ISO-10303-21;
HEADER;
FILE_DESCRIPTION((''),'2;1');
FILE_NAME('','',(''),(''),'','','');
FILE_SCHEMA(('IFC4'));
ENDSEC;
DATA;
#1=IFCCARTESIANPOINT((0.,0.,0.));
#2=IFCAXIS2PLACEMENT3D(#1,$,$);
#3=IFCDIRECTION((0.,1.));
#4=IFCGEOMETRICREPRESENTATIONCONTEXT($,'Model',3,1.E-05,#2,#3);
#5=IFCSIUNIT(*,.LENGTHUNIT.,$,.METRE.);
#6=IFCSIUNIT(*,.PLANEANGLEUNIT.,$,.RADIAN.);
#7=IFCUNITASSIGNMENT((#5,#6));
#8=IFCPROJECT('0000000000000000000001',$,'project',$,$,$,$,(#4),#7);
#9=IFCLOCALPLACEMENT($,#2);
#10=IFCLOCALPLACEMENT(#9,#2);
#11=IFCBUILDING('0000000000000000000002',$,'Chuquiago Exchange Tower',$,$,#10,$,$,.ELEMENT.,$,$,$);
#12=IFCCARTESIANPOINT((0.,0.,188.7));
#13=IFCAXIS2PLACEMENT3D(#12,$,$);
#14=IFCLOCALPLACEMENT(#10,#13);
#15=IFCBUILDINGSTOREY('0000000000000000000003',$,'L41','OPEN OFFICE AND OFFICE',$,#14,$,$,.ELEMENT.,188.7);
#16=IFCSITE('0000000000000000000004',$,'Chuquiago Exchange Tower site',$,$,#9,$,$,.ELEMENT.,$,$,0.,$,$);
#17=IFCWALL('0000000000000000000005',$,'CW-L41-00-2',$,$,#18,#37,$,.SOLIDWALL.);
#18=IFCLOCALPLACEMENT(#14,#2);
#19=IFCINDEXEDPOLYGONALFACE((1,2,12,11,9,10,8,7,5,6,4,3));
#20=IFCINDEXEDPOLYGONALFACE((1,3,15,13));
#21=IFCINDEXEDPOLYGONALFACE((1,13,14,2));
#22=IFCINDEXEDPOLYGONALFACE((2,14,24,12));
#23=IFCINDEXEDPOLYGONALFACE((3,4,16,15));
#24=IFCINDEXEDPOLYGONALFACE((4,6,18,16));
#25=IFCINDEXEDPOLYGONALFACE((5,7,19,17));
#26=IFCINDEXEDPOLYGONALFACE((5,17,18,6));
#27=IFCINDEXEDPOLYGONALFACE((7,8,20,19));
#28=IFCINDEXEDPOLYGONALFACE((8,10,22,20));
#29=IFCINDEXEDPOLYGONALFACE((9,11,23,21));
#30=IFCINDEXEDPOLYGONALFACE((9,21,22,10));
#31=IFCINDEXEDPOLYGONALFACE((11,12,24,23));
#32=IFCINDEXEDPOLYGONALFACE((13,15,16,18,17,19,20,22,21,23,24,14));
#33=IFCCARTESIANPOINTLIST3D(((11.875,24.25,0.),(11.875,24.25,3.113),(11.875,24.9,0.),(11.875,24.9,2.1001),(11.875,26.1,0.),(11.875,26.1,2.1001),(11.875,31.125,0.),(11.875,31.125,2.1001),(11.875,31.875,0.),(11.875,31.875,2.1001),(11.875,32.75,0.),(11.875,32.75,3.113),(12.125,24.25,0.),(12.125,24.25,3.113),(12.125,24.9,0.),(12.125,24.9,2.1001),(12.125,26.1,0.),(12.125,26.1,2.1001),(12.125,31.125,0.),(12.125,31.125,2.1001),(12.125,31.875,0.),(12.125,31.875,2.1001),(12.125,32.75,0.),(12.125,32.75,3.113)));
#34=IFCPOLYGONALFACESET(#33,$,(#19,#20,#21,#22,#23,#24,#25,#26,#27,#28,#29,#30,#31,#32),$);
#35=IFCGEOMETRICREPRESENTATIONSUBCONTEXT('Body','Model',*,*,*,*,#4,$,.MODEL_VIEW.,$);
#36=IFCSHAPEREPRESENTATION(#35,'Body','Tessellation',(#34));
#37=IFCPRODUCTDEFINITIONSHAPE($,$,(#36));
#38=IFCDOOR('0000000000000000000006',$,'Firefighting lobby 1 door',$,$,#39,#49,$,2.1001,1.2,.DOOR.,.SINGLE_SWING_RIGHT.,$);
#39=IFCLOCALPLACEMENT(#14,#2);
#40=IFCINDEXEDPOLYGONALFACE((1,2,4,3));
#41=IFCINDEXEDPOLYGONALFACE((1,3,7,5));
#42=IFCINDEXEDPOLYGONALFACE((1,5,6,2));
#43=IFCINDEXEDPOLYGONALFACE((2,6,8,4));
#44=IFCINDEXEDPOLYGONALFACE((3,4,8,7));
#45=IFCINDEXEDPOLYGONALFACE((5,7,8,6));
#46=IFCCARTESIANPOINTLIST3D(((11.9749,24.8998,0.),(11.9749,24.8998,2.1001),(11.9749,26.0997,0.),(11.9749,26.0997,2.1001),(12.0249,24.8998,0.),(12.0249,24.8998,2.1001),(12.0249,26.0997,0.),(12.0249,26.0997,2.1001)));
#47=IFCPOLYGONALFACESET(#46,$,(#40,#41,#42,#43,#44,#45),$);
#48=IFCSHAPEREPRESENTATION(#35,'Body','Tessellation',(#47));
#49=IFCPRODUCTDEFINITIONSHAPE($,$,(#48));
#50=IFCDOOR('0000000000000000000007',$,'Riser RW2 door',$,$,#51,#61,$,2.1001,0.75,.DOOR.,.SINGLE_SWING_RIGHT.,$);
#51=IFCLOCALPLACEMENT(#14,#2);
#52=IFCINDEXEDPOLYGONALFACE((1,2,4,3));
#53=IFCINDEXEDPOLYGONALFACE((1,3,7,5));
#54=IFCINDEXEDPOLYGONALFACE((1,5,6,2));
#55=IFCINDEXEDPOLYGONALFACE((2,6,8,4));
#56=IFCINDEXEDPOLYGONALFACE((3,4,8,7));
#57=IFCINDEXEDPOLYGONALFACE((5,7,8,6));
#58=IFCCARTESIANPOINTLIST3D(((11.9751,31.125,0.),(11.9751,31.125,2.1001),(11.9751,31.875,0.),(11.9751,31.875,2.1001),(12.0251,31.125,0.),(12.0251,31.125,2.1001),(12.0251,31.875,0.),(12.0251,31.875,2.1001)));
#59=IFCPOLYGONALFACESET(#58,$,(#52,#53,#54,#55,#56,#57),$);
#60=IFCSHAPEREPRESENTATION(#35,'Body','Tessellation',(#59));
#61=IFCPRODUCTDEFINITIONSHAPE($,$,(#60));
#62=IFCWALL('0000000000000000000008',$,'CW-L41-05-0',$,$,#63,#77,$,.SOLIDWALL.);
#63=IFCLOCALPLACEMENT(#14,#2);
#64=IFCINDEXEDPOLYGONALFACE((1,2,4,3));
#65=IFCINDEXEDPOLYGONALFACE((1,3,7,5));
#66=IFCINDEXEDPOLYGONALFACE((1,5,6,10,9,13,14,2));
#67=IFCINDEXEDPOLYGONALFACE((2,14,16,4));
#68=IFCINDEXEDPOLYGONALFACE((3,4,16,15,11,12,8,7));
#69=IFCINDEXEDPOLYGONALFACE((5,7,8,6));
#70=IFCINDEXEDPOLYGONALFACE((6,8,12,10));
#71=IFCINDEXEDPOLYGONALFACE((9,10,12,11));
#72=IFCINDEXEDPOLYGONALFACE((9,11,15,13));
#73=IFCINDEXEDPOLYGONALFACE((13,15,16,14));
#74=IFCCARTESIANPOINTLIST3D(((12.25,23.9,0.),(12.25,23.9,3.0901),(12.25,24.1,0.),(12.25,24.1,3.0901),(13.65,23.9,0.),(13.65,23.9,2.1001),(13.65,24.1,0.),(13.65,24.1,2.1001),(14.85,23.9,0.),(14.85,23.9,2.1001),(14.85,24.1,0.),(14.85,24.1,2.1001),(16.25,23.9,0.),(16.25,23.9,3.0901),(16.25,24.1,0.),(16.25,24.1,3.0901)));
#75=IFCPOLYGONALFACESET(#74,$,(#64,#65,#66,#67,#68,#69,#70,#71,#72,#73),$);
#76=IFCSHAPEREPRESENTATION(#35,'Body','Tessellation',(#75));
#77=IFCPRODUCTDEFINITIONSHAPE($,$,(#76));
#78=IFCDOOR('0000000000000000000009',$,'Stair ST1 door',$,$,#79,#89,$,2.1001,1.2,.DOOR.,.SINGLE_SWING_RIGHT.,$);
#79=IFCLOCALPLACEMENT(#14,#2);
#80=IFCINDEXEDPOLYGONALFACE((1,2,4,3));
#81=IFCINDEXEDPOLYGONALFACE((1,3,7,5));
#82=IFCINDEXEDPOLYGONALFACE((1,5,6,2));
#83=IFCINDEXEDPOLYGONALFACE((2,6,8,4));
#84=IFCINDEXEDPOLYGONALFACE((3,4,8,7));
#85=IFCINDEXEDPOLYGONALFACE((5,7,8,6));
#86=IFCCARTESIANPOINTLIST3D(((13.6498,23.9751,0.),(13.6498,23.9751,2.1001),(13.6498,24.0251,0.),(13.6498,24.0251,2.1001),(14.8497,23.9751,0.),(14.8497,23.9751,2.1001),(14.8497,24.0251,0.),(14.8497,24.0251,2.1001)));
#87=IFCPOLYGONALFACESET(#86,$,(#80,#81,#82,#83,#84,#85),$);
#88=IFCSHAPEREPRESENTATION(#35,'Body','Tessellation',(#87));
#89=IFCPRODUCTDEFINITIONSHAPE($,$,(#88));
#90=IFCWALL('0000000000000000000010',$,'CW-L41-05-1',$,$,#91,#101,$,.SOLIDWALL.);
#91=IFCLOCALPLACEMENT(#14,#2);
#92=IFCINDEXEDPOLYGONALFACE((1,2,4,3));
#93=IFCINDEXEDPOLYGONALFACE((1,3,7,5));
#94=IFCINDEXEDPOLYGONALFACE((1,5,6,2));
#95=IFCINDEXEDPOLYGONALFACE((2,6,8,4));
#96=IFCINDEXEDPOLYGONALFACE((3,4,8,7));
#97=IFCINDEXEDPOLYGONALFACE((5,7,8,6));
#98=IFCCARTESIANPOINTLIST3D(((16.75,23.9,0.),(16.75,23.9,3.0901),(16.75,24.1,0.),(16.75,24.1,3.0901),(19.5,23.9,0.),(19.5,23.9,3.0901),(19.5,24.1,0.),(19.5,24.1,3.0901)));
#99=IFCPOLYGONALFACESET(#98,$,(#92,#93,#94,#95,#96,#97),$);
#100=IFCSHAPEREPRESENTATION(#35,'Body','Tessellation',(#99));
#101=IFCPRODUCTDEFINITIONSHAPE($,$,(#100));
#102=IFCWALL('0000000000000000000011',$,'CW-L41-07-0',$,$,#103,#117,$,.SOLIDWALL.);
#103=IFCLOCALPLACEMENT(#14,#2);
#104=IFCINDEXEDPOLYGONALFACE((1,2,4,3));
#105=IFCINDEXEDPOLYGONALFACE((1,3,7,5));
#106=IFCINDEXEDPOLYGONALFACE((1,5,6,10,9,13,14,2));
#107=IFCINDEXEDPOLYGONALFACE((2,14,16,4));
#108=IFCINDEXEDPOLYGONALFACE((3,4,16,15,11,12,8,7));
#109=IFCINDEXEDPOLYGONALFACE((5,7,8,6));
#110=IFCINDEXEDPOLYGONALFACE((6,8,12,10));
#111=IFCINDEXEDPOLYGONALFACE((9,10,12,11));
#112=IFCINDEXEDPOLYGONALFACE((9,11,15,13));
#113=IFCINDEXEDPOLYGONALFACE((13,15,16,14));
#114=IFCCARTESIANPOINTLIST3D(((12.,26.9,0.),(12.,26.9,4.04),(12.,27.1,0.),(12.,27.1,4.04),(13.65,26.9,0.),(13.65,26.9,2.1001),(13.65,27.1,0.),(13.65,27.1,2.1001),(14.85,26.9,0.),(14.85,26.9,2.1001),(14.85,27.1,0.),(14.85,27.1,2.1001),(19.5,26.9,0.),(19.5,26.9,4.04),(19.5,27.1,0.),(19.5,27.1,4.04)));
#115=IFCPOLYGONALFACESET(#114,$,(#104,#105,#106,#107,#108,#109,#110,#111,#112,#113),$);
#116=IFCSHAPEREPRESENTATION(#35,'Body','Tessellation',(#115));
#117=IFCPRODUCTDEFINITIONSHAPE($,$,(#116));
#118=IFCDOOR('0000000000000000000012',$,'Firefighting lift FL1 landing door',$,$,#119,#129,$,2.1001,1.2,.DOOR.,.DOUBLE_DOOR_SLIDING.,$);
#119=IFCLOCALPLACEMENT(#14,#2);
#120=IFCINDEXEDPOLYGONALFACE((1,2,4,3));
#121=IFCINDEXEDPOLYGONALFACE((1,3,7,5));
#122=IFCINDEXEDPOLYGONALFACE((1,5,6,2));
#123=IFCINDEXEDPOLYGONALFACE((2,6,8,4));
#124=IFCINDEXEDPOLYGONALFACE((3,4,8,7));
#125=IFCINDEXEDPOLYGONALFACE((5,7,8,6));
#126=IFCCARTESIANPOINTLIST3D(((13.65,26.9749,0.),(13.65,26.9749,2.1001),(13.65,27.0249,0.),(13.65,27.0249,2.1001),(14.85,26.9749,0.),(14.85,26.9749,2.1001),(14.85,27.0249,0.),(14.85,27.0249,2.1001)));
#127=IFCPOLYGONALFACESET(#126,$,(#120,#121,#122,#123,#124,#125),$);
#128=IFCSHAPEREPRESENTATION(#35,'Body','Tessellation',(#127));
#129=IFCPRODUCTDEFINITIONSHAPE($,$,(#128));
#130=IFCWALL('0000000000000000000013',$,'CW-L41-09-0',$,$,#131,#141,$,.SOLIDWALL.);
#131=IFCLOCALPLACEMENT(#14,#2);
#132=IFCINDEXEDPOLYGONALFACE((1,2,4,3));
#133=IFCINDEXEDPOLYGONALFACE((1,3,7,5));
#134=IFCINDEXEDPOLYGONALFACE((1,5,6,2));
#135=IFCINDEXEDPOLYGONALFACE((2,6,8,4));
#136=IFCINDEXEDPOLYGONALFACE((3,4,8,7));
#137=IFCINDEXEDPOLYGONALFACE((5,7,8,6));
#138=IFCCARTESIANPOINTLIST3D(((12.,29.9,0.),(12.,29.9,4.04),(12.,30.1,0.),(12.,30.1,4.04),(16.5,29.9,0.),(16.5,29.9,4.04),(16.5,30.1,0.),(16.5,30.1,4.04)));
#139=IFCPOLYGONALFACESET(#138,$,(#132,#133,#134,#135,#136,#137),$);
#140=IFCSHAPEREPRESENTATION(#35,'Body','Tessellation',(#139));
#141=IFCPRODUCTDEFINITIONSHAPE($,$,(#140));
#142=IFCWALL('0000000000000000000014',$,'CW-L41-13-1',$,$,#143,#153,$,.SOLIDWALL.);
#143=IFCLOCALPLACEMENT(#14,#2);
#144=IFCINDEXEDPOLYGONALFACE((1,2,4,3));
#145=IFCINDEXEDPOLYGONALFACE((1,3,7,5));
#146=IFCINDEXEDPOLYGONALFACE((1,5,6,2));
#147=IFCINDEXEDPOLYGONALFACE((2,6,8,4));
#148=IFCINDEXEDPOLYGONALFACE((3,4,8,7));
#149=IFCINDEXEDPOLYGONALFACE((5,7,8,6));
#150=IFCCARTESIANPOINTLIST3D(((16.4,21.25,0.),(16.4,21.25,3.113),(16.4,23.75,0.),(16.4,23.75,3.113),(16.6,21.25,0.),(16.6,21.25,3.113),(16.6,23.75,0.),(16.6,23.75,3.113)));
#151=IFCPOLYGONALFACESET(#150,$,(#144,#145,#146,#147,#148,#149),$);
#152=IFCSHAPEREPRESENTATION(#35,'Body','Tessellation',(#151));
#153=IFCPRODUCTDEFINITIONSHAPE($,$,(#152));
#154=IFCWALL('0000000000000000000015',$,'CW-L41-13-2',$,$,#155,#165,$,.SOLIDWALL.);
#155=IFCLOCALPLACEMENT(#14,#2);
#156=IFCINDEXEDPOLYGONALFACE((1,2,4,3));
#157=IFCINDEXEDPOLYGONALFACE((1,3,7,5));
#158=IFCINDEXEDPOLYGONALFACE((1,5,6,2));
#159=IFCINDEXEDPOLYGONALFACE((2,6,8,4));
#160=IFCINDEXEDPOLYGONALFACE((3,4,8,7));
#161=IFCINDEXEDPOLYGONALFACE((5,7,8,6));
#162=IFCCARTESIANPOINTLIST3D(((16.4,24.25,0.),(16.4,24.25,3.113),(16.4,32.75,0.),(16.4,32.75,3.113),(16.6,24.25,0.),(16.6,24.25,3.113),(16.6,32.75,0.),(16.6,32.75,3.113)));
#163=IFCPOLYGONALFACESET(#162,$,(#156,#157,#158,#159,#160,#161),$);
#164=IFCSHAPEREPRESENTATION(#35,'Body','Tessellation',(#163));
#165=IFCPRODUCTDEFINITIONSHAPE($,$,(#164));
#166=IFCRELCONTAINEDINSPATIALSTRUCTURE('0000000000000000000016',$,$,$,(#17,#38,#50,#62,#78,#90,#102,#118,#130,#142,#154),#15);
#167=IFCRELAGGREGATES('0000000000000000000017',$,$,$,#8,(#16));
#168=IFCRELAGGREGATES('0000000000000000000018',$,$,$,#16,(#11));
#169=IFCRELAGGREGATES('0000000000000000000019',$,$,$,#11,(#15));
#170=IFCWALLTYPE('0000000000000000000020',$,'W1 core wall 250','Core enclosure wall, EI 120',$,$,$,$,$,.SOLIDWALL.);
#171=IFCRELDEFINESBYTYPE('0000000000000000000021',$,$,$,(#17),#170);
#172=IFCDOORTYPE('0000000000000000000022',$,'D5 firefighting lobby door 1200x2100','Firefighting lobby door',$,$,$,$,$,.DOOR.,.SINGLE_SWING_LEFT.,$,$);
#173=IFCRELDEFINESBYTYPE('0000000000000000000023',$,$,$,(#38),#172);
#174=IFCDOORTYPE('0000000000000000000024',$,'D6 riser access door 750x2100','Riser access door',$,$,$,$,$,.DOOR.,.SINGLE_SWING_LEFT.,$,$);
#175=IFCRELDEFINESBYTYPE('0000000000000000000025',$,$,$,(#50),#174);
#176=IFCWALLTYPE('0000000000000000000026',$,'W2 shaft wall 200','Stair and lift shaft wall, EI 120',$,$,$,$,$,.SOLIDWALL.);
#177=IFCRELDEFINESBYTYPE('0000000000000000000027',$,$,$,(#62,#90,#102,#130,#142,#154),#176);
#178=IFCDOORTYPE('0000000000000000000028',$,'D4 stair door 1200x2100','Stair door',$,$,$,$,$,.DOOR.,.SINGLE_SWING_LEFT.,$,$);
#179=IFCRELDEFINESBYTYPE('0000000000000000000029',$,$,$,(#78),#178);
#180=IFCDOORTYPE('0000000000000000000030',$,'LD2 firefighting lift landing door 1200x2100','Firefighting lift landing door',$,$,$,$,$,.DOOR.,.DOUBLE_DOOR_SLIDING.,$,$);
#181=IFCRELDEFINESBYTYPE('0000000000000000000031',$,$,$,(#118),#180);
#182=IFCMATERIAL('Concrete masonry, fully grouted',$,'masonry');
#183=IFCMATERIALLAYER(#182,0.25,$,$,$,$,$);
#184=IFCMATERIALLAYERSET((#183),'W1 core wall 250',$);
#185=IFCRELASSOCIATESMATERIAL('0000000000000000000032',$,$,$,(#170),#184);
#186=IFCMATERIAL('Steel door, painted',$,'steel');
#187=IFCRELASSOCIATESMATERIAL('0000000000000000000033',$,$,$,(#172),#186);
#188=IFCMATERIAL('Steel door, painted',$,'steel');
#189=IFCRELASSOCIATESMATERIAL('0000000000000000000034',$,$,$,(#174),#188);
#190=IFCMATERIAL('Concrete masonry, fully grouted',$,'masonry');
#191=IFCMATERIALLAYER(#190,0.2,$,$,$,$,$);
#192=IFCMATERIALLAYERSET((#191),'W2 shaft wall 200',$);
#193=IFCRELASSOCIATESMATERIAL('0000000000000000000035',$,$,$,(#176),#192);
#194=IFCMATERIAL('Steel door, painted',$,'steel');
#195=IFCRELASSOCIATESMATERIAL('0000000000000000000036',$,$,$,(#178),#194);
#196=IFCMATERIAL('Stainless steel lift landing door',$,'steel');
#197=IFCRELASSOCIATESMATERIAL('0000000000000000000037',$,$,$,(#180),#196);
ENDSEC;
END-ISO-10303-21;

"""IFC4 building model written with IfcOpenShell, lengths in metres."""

from ifc_helpers import new_model, si_unit, direction, frame, frame_2d, origin, place, context, subcontext, project, spatial, rectangle, extrude, material, layer, layer_set, type_object, element, fill, save


model = new_model("IFC4")

# Units and contexts
model_context = context("Model", 3, precision=1e-05, world=origin(), true_north=direction((0.0, 1.0)))
body_context = subcontext(model_context, "Body", "Model", "MODEL_VIEW")
ifc_project = project(units=[si_unit("LENGTHUNIT", "METRE"), si_unit("PLANEANGLEUNIT", "RADIAN")], contexts=[model_context])

# Site, building, storey
site_placement = place(None, origin())
site = spatial("IfcSite", under=ifc_project, at=site_placement, Name="Chuquiago Exchange Tower site", CompositionType="ELEMENT", RefElevation=0.0)
building_placement = place(site_placement, origin())
building = spatial("IfcBuilding", under=site, at=building_placement, Name="Chuquiago Exchange Tower", CompositionType="ELEMENT")
storey_placement = place(building_placement, frame((0.0, 0.0, 188.7)))
storey = spatial("IfcBuildingStorey", under=building, at=storey_placement, Name="L41", Description="OPEN OFFICE AND OFFICE", CompositionType="ELEMENT", Elevation=188.7)

# Shared definitions
ifc_material_1 = material(Name="Concrete masonry, fully grouted", Category="masonry")
ifc_layer_1 = layer(ifc_material_1, 0.25)
ifc_layer_set_1 = layer_set([ifc_layer_1], Name="W1 core wall 250")
wall_type_1 = type_object("IfcWallType", Name="W1 core wall 250", Description="Core enclosure wall, EI 120", PredefinedType="SOLIDWALL", material=ifc_layer_set_1)

# Wall, openings, doors
wall_1_placement = place(storey_placement, frame((12.0, 24.25, 0.0), z_axis=(0.0, 0.0, 1.0), x_axis=(0.0, 1.0, 0.0)))
wall_1 = element("IfcWall", 1, at=wall_1_placement, inside=storey, type_object=wall_type_1, Name="CW-L41-00-2", PredefinedType="SOLIDWALL", context=body_context, shape_type="SweptSolid", body=[
    extrude(rectangle(XDim=8.5, YDim=0.25, at=frame_2d((4.25, 0.0))), origin(), (0.0, 0.0, 1.0), 3.113),
])
opening_1_placement = place(wall_1_placement, frame((0.6499, 0.0, 0.0)))
opening_1 = element("IfcOpeningElement", 2, at=opening_1_placement, cuts=wall_1, PredefinedType="OPENING", context=body_context, shape_type="SweptSolid", body=[
    extrude(rectangle(XDim=1.2, YDim=2.1001, at=frame_2d((0.6001, 1.05))), frame((0.0, 0.135, 0.0), z_axis=(0.0, -1.0, 0.0), x_axis=(1.0, 0.0, 0.0)), (0.0, 0.0, 1.0), 0.27),
])
opening_2_placement = place(wall_1_placement, frame((6.875, 0.0, 0.0)))
opening_2 = element("IfcOpeningElement", 3, at=opening_2_placement, cuts=wall_1, PredefinedType="OPENING", context=body_context, shape_type="SweptSolid", body=[
    extrude(rectangle(XDim=0.75, YDim=2.1001, at=frame_2d((0.375, 1.05))), frame((0.0, 0.135, 0.0), z_axis=(0.0, -1.0, 0.0), x_axis=(1.0, 0.0, 0.0)), (0.0, 0.0, 1.0), 0.27),
])
ifc_material_2 = material(Name="Steel door, painted", Category="steel")
door_type_1 = type_object("IfcDoorType", Name="D5 firefighting lobby door 1200x2100", Description="Firefighting lobby door", OperationType="SINGLE_SWING_LEFT", PredefinedType="DOOR", material=ifc_material_2)
door_1_placement = place(opening_1_placement, frame((1.2, 0.0, 0.0), z_axis=(0.0, 0.0, 1.0), x_axis=(-1.0, 0.0, 0.0)))
door_1 = element("IfcDoor", 4, at=door_1_placement, inside=storey, type_object=door_type_1, Name="Firefighting lobby 1 door", OperationType="SINGLE_SWING_RIGHT", OverallHeight=2.1001, OverallWidth=1.2, PredefinedType="DOOR", context=body_context, shape_type="SweptSolid", body=[
    extrude(rectangle(XDim=1.2, YDim=2.1001, at=frame_2d((0.6001, 1.05))), frame((0.0, 0.0249, 0.0), z_axis=(0.0, -1.0, 0.0), x_axis=(1.0, 0.0, 0.0)), (0.0, 0.0, 1.0), 0.05),
])
fill(opening_1, door_1)
ifc_material_3 = material(Name="Steel door, painted", Category="steel")
door_type_2 = type_object("IfcDoorType", Name="D6 riser access door 750x2100", Description="Riser access door", OperationType="SINGLE_SWING_LEFT", PredefinedType="DOOR", material=ifc_material_3)
door_2_placement = place(opening_2_placement, origin())
door_2 = element("IfcDoor", 5, at=door_2_placement, inside=storey, type_object=door_type_2, Name="Riser RW2 door", OperationType="SINGLE_SWING_RIGHT", OverallHeight=2.1001, OverallWidth=0.75, PredefinedType="DOOR", context=body_context, shape_type="SweptSolid", body=[
    extrude(rectangle(XDim=0.75, YDim=2.1001, at=frame_2d((0.375, 1.05))), frame((0.0, 0.0249, 0.0), z_axis=(0.0, -1.0, 0.0), x_axis=(1.0, 0.0, 0.0)), (0.0, 0.0, 1.0), 0.05),
])
fill(opening_2, door_2)

# Wall, opening, door
ifc_material_4 = material(Name="Concrete masonry, fully grouted", Category="masonry")
ifc_layer_2 = layer(ifc_material_4, 0.2)
ifc_layer_set_2 = layer_set([ifc_layer_2], Name="W2 shaft wall 200")
wall_type_2 = type_object("IfcWallType", Name="W2 shaft wall 200", Description="Stair and lift shaft wall, EI 120", PredefinedType="SOLIDWALL", material=ifc_layer_set_2)
wall_2_placement = place(storey_placement, frame((12.25, 24.0, 0.0), z_axis=(0.0, 0.0, 1.0), x_axis=(1.0, 0.0, 0.0)))
wall_2 = element("IfcWall", 6, at=wall_2_placement, inside=storey, type_object=wall_type_2, Name="CW-L41-05-0", PredefinedType="SOLIDWALL", context=body_context, shape_type="SweptSolid", body=[
    extrude(rectangle(XDim=4.0, YDim=0.2, at=frame_2d((2.0, 0.0))), origin(), (0.0, 0.0, 1.0), 3.0901),
])
opening_3_placement = place(wall_2_placement, frame((1.3999, 0.0, 0.0)))
opening_3 = element("IfcOpeningElement", 7, at=opening_3_placement, cuts=wall_2, PredefinedType="OPENING", context=body_context, shape_type="SweptSolid", body=[
    extrude(rectangle(XDim=1.2, YDim=2.1001, at=frame_2d((0.6001, 1.05))), frame((0.0, 0.1099, 0.0), z_axis=(0.0, -1.0, 0.0), x_axis=(1.0, 0.0, 0.0)), (0.0, 0.0, 1.0), 0.22),
])
ifc_material_5 = material(Name="Steel door, painted", Category="steel")
door_type_3 = type_object("IfcDoorType", Name="D4 stair door 1200x2100", Description="Stair door", OperationType="SINGLE_SWING_LEFT", PredefinedType="DOOR", material=ifc_material_5)
door_3_placement = place(opening_3_placement, frame((1.2, 0.0, 0.0), z_axis=(0.0, 0.0, 1.0), x_axis=(-1.0, 0.0, 0.0)))
door_3 = element("IfcDoor", 8, at=door_3_placement, inside=storey, type_object=door_type_3, Name="Stair ST1 door", OperationType="SINGLE_SWING_RIGHT", OverallHeight=2.1001, OverallWidth=1.2, PredefinedType="DOOR", context=body_context, shape_type="SweptSolid", body=[
    extrude(rectangle(XDim=1.2, YDim=2.1001, at=frame_2d((0.6001, 1.05))), frame((0.0, 0.0249, 0.0), z_axis=(0.0, -1.0, 0.0), x_axis=(1.0, 0.0, 0.0)), (0.0, 0.0, 1.0), 0.05),
])
fill(opening_3, door_3)

# Wall
wall_3_placement = place(storey_placement, frame((16.75, 24.0, 0.0), z_axis=(0.0, 0.0, 1.0), x_axis=(1.0, 0.0, 0.0)))
element("IfcWall", 9, at=wall_3_placement, inside=storey, type_object=wall_type_2, Name="CW-L41-05-1", PredefinedType="SOLIDWALL", context=body_context, shape_type="SweptSolid", body=[
    extrude(rectangle(XDim=2.75, YDim=0.2, at=frame_2d((1.375, 0.0))), origin(), (0.0, 0.0, 1.0), 3.0901),
])

# Wall, opening, door
wall_4_placement = place(storey_placement, frame((12.0, 27.0, 0.0), z_axis=(0.0, 0.0, 1.0), x_axis=(1.0, 0.0, 0.0)))
wall_4 = element("IfcWall", 10, at=wall_4_placement, inside=storey, type_object=wall_type_2, Name="CW-L41-07-0", PredefinedType="SOLIDWALL", context=body_context, shape_type="SweptSolid", body=[
    extrude(rectangle(XDim=7.5, YDim=0.2, at=frame_2d((3.75, 0.0))), origin(), (0.0, 0.0, 1.0), 4.04),
])
opening_4_placement = place(wall_4_placement, frame((1.6499, 0.0, 0.0)))
opening_4 = element("IfcOpeningElement", 11, at=opening_4_placement, cuts=wall_4, PredefinedType="OPENING", context=body_context, shape_type="SweptSolid", body=[
    extrude(rectangle(XDim=1.2, YDim=2.1001, at=frame_2d((0.6001, 1.05))), frame((0.0, 0.1099, 0.0), z_axis=(0.0, -1.0, 0.0), x_axis=(1.0, 0.0, 0.0)), (0.0, 0.0, 1.0), 0.22),
])
ifc_material_6 = material(Name="Stainless steel lift landing door", Category="steel")
door_type_4 = type_object("IfcDoorType", Name="LD2 firefighting lift landing door 1200x2100", Description="Firefighting lift landing door", OperationType="DOUBLE_DOOR_SLIDING", PredefinedType="DOOR", material=ifc_material_6)
door_4_placement = place(opening_4_placement, origin())
door_4 = element("IfcDoor", 12, at=door_4_placement, inside=storey, type_object=door_type_4, Name="Firefighting lift FL1 landing door", OperationType="DOUBLE_DOOR_SLIDING", OverallHeight=2.1001, OverallWidth=1.2, PredefinedType="DOOR", context=body_context, shape_type="SweptSolid", body=[
    extrude(rectangle(XDim=1.2, YDim=2.1001, at=frame_2d((0.6001, 1.05))), frame((0.0, 0.0249, 0.0), z_axis=(0.0, -1.0, 0.0), x_axis=(1.0, 0.0, 0.0)), (0.0, 0.0, 1.0), 0.05),
])
fill(opening_4, door_4)

# Walls
wall_5_placement = place(storey_placement, frame((12.0, 30.0, 0.0), z_axis=(0.0, 0.0, 1.0), x_axis=(1.0, 0.0, 0.0)))
element("IfcWall", 13, at=wall_5_placement, inside=storey, type_object=wall_type_2, Name="CW-L41-09-0", PredefinedType="SOLIDWALL", context=body_context, shape_type="SweptSolid", body=[
    extrude(rectangle(XDim=4.5, YDim=0.2, at=frame_2d((2.25, 0.0))), origin(), (0.0, 0.0, 1.0), 4.04),
])
wall_6_placement = place(storey_placement, frame((16.5, 21.25, 0.0), z_axis=(0.0, 0.0, 1.0), x_axis=(0.0, 1.0, 0.0)))
element("IfcWall", 14, at=wall_6_placement, inside=storey, type_object=wall_type_2, Name="CW-L41-13-1", PredefinedType="SOLIDWALL", context=body_context, shape_type="SweptSolid", body=[
    extrude(rectangle(XDim=2.5, YDim=0.2, at=frame_2d((1.25, 0.0))), origin(), (0.0, 0.0, 1.0), 3.113),
])
wall_7_placement = place(storey_placement, frame((16.5, 24.25, 0.0), z_axis=(0.0, 0.0, 1.0), x_axis=(0.0, 1.0, 0.0)))
element("IfcWall", 15, at=wall_7_placement, inside=storey, type_object=wall_type_2, Name="CW-L41-13-2", PredefinedType="SOLIDWALL", context=body_context, shape_type="SweptSolid", body=[
    extrude(rectangle(XDim=8.5, YDim=0.2, at=frame_2d((4.25, 0.0))), origin(), (0.0, 0.0, 1.0), 3.113),
])

save(model, "model.ifc")
